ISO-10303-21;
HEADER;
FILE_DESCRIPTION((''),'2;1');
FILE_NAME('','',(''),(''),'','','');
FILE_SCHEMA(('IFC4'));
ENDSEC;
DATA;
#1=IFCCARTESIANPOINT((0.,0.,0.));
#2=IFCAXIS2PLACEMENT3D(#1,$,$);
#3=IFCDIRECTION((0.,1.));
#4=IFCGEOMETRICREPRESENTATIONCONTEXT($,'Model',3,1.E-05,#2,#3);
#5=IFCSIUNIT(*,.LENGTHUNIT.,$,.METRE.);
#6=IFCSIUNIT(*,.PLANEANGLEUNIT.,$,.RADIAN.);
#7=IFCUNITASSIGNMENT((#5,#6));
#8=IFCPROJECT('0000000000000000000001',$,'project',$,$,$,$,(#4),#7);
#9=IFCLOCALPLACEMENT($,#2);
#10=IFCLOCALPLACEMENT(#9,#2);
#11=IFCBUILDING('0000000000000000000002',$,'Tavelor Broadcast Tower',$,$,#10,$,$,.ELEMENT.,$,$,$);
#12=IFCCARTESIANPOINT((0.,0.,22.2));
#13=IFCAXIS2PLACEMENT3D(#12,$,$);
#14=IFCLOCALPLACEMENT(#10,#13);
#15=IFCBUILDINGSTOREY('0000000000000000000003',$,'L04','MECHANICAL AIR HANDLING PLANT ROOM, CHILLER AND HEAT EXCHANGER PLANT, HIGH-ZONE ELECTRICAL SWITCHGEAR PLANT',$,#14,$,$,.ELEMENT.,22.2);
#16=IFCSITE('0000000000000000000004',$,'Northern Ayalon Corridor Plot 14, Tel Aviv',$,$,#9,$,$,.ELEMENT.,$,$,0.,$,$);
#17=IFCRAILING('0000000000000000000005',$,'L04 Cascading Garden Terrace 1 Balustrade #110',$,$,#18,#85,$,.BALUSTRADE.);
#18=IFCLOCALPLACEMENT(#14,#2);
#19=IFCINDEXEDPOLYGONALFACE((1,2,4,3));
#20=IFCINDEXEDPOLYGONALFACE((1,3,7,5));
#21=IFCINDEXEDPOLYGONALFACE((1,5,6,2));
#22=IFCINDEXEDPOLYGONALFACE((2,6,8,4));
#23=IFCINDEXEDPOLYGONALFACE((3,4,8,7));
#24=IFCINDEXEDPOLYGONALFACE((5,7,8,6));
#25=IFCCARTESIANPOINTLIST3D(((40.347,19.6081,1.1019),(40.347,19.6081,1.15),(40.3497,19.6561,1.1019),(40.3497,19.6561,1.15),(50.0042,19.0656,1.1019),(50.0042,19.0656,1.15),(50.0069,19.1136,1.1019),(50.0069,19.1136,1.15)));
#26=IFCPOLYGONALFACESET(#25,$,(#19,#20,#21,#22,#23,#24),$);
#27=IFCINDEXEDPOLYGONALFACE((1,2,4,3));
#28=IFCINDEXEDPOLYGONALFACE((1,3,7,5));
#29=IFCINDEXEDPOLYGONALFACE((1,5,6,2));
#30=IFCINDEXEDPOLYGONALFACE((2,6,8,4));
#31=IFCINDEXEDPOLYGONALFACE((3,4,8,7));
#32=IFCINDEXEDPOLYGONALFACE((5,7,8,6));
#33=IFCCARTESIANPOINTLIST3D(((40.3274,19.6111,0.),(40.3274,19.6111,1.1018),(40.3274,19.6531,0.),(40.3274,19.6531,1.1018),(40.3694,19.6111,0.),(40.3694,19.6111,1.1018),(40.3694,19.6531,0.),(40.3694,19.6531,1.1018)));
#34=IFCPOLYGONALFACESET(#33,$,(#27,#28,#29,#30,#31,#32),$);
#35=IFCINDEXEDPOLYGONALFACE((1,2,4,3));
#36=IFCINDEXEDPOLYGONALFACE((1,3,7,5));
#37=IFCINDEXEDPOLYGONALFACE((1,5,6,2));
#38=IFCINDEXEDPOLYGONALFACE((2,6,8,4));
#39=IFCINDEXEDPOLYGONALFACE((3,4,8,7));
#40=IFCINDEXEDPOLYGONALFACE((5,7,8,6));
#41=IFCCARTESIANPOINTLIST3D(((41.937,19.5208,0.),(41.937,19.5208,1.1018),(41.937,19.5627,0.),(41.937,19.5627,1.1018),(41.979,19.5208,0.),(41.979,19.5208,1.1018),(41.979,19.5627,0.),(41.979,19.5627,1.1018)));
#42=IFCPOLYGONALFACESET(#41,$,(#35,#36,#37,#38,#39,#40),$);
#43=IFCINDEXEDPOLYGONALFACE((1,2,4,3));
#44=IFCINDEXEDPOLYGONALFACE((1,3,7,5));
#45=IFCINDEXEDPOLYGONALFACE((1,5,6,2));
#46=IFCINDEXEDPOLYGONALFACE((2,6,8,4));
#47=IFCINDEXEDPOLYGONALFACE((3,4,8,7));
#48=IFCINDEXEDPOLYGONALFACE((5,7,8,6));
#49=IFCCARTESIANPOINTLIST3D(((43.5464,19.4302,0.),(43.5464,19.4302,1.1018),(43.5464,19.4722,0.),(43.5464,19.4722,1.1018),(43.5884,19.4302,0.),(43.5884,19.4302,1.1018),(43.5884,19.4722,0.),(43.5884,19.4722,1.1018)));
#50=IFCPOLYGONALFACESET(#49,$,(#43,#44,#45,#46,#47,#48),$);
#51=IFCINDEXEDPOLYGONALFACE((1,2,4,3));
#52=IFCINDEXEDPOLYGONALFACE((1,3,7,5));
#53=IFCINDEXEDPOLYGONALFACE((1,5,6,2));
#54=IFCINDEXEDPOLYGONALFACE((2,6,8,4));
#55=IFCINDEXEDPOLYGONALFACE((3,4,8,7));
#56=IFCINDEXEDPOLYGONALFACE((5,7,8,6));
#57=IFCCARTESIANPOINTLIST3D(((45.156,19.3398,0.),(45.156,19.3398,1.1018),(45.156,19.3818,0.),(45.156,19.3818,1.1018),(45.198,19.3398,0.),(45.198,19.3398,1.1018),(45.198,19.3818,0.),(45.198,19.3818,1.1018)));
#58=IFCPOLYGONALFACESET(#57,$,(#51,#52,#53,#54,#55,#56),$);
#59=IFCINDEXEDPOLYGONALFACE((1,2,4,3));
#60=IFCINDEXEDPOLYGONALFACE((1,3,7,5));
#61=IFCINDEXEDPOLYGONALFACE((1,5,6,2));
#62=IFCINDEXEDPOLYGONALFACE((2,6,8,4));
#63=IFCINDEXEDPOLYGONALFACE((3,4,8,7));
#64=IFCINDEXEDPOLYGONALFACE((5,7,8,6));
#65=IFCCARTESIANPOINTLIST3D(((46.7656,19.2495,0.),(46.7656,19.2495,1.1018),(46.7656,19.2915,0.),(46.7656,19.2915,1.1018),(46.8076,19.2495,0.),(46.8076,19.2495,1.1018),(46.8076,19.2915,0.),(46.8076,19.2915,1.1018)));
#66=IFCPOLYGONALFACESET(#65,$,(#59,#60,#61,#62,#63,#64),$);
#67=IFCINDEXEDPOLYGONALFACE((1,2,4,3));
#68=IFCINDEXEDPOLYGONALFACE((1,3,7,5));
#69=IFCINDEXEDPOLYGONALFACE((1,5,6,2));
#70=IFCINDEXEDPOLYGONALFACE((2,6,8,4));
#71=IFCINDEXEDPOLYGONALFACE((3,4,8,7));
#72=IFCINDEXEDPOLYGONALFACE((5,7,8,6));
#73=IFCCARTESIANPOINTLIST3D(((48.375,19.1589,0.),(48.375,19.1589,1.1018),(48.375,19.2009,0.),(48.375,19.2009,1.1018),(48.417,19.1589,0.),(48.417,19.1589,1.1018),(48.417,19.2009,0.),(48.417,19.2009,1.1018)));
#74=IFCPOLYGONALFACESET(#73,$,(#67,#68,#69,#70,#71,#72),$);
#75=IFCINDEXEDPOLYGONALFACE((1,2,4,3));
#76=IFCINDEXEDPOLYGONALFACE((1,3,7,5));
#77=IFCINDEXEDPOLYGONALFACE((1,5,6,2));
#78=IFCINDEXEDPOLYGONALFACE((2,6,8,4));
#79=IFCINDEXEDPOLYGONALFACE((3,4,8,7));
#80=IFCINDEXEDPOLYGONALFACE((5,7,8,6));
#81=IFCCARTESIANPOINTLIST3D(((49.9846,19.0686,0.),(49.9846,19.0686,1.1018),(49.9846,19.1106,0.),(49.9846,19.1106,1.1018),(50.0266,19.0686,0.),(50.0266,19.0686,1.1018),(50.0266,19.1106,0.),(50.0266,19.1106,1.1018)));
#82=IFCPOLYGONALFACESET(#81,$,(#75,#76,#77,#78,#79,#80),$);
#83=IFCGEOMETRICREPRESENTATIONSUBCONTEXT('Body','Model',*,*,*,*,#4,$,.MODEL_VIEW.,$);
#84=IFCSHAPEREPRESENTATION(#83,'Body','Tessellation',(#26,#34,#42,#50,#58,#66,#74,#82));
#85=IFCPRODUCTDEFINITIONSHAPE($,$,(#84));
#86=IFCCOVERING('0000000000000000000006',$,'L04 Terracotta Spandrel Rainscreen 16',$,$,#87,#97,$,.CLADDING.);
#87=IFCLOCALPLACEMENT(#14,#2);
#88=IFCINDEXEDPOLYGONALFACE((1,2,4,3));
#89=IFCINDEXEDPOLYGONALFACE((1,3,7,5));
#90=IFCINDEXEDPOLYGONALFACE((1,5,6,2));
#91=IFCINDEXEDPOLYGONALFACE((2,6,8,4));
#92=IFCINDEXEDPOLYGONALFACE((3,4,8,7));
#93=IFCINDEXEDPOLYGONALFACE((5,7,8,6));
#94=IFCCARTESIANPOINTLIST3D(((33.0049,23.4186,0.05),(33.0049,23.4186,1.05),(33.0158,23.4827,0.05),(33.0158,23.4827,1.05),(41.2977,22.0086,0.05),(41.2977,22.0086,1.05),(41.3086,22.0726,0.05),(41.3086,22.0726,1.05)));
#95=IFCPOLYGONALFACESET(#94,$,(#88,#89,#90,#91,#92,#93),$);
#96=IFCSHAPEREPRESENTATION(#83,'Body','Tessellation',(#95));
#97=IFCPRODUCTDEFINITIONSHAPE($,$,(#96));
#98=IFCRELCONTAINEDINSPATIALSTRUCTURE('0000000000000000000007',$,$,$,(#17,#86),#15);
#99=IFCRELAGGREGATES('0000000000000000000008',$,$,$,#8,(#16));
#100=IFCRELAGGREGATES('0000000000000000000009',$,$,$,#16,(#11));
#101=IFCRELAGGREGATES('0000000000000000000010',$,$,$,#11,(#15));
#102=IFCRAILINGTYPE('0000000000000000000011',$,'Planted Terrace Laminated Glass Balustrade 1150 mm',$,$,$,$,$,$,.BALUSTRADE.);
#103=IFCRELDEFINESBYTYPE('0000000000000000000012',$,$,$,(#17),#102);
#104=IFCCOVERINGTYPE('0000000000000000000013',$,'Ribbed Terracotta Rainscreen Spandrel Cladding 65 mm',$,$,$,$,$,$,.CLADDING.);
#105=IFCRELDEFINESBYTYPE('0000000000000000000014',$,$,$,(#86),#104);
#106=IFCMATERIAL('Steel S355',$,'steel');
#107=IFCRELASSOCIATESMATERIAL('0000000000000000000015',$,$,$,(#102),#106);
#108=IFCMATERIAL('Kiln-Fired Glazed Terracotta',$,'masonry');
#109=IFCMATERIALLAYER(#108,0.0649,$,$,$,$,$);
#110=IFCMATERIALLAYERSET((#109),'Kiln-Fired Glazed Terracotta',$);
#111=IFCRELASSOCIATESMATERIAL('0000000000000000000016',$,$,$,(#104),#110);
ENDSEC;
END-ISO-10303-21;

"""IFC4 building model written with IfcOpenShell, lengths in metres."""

from ifc_helpers import new_model, si_unit, direction, frame, origin, origin_2d, place, context, subcontext, project, spatial, rectangle, extrude, material, layer, layer_set, type_object, element, save


model = new_model("IFC4")

# Units and contexts
model_context = context("Model", 3, precision=1e-05, world=origin(), true_north=direction((0.0, 1.0)))
body_context = subcontext(model_context, "Body", "Model", "MODEL_VIEW")
ifc_project = project(units=[si_unit("LENGTHUNIT", "METRE"), si_unit("PLANEANGLEUNIT", "RADIAN")], contexts=[model_context])

# Site, building, storey
site_placement = place(None, origin())
site = spatial("IfcSite", under=ifc_project, at=site_placement, Name="Northern Ayalon Corridor Plot 14, Tel Aviv", CompositionType="ELEMENT", RefElevation=0.0)
building_placement = place(site_placement, origin())
building = spatial("IfcBuilding", under=site, at=building_placement, Name="Tavelor Broadcast Tower", CompositionType="ELEMENT")
storey_placement = place(building_placement, frame((0.0, 0.0, 22.2)))
storey = spatial("IfcBuildingStorey", under=building, at=storey_placement, Name="L04", Description="MECHANICAL AIR HANDLING PLANT ROOM, CHILLER AND HEAT EXCHANGER PLANT, HIGH-ZONE ELECTRICAL SWITCHGEAR PLANT", CompositionType="ELEMENT", Elevation=22.2)

# Shared definitions
ifc_material_1 = material(Name="Steel S355", Category="steel")

# Railing
railing_type_1 = type_object("IfcRailingType", Name="Planted Terrace Laminated Glass Balustrade 1150 mm", PredefinedType="BALUSTRADE", material=ifc_material_1)
railing_1_placement = place(storey_placement, frame((40.3484, 19.6321, 0.0)))
element("IfcRailing", 1, at=railing_1_placement, inside=storey, type_object=railing_type_1, Name="L04 Cascading Garden Terrace 1 Balustrade #110", PredefinedType="BALUSTRADE", context=body_context, shape_type="SweptSolid", body=[
    extrude(rectangle(XDim=0.0481, YDim=0.0481, at=origin_2d()), frame((0.0, 0.0, 1.126), z_axis=(0.998426, -0.056085, 0.0), x_axis=(0.056085, 0.998426, 0.0)), (0.0, 0.0, 1.0), 9.6724),
    extrude(rectangle(XDim=0.042, YDim=0.042, at=origin_2d()), origin(), (0.0, 0.0, 1.0), 1.1018),
    extrude(rectangle(XDim=0.042, YDim=0.042, at=origin_2d()), frame((1.6096, -0.0903, 0.0)), (0.0, 0.0, 1.0), 1.1018),
    extrude(rectangle(XDim=0.042, YDim=0.042, at=origin_2d()), frame((3.219, -0.1809, 0.0)), (0.0, 0.0, 1.0), 1.1018),
    extrude(rectangle(XDim=0.042, YDim=0.042, at=origin_2d()), frame((4.8286, -0.2712, 0.0)), (0.0, 0.0, 1.0), 1.1018),
    extrude(rectangle(XDim=0.042, YDim=0.042, at=origin_2d()), frame((6.4382, -0.3616, 0.0)), (0.0, 0.0, 1.0), 1.1018),
    extrude(rectangle(XDim=0.042, YDim=0.042, at=origin_2d()), frame((8.0476, -0.4521, 0.0)), (0.0, 0.0, 1.0), 1.1018),
    extrude(rectangle(XDim=0.042, YDim=0.042, at=origin_2d()), frame((9.6572, -0.5425, 0.0)), (0.0, 0.0, 1.0), 1.1018),
])

# Covering
ifc_material_2 = material(Name="Kiln-Fired Glazed Terracotta", Category="masonry")
ifc_layer_1 = layer(ifc_material_2, 0.0649)
ifc_layer_set_1 = layer_set([ifc_layer_1], Name="Kiln-Fired Glazed Terracotta")
covering_type = type_object("IfcCoveringType", Name="Ribbed Terracotta Rainscreen Spandrel Cladding 65 mm", PredefinedType="CLADDING", material=ifc_layer_set_1)
covering_placement = place(storey_placement, frame((37.1567, 22.7456, 0.05), z_axis=(0.0, 0.0, 1.0), x_axis=(0.98585, -0.167629, 0.0)))
element("IfcCovering", 2, at=covering_placement, inside=storey, type_object=covering_type, Name="L04 Terracotta Spandrel Rainscreen 16", PredefinedType="CLADDING", context=body_context, shape_type="SweptSolid", body=[
    extrude(rectangle(XDim=8.4119, YDim=0.0649, at=origin_2d()), origin(), (0.0, 0.0, 1.0), 1.0),
])

save(model, "model.ifc")
